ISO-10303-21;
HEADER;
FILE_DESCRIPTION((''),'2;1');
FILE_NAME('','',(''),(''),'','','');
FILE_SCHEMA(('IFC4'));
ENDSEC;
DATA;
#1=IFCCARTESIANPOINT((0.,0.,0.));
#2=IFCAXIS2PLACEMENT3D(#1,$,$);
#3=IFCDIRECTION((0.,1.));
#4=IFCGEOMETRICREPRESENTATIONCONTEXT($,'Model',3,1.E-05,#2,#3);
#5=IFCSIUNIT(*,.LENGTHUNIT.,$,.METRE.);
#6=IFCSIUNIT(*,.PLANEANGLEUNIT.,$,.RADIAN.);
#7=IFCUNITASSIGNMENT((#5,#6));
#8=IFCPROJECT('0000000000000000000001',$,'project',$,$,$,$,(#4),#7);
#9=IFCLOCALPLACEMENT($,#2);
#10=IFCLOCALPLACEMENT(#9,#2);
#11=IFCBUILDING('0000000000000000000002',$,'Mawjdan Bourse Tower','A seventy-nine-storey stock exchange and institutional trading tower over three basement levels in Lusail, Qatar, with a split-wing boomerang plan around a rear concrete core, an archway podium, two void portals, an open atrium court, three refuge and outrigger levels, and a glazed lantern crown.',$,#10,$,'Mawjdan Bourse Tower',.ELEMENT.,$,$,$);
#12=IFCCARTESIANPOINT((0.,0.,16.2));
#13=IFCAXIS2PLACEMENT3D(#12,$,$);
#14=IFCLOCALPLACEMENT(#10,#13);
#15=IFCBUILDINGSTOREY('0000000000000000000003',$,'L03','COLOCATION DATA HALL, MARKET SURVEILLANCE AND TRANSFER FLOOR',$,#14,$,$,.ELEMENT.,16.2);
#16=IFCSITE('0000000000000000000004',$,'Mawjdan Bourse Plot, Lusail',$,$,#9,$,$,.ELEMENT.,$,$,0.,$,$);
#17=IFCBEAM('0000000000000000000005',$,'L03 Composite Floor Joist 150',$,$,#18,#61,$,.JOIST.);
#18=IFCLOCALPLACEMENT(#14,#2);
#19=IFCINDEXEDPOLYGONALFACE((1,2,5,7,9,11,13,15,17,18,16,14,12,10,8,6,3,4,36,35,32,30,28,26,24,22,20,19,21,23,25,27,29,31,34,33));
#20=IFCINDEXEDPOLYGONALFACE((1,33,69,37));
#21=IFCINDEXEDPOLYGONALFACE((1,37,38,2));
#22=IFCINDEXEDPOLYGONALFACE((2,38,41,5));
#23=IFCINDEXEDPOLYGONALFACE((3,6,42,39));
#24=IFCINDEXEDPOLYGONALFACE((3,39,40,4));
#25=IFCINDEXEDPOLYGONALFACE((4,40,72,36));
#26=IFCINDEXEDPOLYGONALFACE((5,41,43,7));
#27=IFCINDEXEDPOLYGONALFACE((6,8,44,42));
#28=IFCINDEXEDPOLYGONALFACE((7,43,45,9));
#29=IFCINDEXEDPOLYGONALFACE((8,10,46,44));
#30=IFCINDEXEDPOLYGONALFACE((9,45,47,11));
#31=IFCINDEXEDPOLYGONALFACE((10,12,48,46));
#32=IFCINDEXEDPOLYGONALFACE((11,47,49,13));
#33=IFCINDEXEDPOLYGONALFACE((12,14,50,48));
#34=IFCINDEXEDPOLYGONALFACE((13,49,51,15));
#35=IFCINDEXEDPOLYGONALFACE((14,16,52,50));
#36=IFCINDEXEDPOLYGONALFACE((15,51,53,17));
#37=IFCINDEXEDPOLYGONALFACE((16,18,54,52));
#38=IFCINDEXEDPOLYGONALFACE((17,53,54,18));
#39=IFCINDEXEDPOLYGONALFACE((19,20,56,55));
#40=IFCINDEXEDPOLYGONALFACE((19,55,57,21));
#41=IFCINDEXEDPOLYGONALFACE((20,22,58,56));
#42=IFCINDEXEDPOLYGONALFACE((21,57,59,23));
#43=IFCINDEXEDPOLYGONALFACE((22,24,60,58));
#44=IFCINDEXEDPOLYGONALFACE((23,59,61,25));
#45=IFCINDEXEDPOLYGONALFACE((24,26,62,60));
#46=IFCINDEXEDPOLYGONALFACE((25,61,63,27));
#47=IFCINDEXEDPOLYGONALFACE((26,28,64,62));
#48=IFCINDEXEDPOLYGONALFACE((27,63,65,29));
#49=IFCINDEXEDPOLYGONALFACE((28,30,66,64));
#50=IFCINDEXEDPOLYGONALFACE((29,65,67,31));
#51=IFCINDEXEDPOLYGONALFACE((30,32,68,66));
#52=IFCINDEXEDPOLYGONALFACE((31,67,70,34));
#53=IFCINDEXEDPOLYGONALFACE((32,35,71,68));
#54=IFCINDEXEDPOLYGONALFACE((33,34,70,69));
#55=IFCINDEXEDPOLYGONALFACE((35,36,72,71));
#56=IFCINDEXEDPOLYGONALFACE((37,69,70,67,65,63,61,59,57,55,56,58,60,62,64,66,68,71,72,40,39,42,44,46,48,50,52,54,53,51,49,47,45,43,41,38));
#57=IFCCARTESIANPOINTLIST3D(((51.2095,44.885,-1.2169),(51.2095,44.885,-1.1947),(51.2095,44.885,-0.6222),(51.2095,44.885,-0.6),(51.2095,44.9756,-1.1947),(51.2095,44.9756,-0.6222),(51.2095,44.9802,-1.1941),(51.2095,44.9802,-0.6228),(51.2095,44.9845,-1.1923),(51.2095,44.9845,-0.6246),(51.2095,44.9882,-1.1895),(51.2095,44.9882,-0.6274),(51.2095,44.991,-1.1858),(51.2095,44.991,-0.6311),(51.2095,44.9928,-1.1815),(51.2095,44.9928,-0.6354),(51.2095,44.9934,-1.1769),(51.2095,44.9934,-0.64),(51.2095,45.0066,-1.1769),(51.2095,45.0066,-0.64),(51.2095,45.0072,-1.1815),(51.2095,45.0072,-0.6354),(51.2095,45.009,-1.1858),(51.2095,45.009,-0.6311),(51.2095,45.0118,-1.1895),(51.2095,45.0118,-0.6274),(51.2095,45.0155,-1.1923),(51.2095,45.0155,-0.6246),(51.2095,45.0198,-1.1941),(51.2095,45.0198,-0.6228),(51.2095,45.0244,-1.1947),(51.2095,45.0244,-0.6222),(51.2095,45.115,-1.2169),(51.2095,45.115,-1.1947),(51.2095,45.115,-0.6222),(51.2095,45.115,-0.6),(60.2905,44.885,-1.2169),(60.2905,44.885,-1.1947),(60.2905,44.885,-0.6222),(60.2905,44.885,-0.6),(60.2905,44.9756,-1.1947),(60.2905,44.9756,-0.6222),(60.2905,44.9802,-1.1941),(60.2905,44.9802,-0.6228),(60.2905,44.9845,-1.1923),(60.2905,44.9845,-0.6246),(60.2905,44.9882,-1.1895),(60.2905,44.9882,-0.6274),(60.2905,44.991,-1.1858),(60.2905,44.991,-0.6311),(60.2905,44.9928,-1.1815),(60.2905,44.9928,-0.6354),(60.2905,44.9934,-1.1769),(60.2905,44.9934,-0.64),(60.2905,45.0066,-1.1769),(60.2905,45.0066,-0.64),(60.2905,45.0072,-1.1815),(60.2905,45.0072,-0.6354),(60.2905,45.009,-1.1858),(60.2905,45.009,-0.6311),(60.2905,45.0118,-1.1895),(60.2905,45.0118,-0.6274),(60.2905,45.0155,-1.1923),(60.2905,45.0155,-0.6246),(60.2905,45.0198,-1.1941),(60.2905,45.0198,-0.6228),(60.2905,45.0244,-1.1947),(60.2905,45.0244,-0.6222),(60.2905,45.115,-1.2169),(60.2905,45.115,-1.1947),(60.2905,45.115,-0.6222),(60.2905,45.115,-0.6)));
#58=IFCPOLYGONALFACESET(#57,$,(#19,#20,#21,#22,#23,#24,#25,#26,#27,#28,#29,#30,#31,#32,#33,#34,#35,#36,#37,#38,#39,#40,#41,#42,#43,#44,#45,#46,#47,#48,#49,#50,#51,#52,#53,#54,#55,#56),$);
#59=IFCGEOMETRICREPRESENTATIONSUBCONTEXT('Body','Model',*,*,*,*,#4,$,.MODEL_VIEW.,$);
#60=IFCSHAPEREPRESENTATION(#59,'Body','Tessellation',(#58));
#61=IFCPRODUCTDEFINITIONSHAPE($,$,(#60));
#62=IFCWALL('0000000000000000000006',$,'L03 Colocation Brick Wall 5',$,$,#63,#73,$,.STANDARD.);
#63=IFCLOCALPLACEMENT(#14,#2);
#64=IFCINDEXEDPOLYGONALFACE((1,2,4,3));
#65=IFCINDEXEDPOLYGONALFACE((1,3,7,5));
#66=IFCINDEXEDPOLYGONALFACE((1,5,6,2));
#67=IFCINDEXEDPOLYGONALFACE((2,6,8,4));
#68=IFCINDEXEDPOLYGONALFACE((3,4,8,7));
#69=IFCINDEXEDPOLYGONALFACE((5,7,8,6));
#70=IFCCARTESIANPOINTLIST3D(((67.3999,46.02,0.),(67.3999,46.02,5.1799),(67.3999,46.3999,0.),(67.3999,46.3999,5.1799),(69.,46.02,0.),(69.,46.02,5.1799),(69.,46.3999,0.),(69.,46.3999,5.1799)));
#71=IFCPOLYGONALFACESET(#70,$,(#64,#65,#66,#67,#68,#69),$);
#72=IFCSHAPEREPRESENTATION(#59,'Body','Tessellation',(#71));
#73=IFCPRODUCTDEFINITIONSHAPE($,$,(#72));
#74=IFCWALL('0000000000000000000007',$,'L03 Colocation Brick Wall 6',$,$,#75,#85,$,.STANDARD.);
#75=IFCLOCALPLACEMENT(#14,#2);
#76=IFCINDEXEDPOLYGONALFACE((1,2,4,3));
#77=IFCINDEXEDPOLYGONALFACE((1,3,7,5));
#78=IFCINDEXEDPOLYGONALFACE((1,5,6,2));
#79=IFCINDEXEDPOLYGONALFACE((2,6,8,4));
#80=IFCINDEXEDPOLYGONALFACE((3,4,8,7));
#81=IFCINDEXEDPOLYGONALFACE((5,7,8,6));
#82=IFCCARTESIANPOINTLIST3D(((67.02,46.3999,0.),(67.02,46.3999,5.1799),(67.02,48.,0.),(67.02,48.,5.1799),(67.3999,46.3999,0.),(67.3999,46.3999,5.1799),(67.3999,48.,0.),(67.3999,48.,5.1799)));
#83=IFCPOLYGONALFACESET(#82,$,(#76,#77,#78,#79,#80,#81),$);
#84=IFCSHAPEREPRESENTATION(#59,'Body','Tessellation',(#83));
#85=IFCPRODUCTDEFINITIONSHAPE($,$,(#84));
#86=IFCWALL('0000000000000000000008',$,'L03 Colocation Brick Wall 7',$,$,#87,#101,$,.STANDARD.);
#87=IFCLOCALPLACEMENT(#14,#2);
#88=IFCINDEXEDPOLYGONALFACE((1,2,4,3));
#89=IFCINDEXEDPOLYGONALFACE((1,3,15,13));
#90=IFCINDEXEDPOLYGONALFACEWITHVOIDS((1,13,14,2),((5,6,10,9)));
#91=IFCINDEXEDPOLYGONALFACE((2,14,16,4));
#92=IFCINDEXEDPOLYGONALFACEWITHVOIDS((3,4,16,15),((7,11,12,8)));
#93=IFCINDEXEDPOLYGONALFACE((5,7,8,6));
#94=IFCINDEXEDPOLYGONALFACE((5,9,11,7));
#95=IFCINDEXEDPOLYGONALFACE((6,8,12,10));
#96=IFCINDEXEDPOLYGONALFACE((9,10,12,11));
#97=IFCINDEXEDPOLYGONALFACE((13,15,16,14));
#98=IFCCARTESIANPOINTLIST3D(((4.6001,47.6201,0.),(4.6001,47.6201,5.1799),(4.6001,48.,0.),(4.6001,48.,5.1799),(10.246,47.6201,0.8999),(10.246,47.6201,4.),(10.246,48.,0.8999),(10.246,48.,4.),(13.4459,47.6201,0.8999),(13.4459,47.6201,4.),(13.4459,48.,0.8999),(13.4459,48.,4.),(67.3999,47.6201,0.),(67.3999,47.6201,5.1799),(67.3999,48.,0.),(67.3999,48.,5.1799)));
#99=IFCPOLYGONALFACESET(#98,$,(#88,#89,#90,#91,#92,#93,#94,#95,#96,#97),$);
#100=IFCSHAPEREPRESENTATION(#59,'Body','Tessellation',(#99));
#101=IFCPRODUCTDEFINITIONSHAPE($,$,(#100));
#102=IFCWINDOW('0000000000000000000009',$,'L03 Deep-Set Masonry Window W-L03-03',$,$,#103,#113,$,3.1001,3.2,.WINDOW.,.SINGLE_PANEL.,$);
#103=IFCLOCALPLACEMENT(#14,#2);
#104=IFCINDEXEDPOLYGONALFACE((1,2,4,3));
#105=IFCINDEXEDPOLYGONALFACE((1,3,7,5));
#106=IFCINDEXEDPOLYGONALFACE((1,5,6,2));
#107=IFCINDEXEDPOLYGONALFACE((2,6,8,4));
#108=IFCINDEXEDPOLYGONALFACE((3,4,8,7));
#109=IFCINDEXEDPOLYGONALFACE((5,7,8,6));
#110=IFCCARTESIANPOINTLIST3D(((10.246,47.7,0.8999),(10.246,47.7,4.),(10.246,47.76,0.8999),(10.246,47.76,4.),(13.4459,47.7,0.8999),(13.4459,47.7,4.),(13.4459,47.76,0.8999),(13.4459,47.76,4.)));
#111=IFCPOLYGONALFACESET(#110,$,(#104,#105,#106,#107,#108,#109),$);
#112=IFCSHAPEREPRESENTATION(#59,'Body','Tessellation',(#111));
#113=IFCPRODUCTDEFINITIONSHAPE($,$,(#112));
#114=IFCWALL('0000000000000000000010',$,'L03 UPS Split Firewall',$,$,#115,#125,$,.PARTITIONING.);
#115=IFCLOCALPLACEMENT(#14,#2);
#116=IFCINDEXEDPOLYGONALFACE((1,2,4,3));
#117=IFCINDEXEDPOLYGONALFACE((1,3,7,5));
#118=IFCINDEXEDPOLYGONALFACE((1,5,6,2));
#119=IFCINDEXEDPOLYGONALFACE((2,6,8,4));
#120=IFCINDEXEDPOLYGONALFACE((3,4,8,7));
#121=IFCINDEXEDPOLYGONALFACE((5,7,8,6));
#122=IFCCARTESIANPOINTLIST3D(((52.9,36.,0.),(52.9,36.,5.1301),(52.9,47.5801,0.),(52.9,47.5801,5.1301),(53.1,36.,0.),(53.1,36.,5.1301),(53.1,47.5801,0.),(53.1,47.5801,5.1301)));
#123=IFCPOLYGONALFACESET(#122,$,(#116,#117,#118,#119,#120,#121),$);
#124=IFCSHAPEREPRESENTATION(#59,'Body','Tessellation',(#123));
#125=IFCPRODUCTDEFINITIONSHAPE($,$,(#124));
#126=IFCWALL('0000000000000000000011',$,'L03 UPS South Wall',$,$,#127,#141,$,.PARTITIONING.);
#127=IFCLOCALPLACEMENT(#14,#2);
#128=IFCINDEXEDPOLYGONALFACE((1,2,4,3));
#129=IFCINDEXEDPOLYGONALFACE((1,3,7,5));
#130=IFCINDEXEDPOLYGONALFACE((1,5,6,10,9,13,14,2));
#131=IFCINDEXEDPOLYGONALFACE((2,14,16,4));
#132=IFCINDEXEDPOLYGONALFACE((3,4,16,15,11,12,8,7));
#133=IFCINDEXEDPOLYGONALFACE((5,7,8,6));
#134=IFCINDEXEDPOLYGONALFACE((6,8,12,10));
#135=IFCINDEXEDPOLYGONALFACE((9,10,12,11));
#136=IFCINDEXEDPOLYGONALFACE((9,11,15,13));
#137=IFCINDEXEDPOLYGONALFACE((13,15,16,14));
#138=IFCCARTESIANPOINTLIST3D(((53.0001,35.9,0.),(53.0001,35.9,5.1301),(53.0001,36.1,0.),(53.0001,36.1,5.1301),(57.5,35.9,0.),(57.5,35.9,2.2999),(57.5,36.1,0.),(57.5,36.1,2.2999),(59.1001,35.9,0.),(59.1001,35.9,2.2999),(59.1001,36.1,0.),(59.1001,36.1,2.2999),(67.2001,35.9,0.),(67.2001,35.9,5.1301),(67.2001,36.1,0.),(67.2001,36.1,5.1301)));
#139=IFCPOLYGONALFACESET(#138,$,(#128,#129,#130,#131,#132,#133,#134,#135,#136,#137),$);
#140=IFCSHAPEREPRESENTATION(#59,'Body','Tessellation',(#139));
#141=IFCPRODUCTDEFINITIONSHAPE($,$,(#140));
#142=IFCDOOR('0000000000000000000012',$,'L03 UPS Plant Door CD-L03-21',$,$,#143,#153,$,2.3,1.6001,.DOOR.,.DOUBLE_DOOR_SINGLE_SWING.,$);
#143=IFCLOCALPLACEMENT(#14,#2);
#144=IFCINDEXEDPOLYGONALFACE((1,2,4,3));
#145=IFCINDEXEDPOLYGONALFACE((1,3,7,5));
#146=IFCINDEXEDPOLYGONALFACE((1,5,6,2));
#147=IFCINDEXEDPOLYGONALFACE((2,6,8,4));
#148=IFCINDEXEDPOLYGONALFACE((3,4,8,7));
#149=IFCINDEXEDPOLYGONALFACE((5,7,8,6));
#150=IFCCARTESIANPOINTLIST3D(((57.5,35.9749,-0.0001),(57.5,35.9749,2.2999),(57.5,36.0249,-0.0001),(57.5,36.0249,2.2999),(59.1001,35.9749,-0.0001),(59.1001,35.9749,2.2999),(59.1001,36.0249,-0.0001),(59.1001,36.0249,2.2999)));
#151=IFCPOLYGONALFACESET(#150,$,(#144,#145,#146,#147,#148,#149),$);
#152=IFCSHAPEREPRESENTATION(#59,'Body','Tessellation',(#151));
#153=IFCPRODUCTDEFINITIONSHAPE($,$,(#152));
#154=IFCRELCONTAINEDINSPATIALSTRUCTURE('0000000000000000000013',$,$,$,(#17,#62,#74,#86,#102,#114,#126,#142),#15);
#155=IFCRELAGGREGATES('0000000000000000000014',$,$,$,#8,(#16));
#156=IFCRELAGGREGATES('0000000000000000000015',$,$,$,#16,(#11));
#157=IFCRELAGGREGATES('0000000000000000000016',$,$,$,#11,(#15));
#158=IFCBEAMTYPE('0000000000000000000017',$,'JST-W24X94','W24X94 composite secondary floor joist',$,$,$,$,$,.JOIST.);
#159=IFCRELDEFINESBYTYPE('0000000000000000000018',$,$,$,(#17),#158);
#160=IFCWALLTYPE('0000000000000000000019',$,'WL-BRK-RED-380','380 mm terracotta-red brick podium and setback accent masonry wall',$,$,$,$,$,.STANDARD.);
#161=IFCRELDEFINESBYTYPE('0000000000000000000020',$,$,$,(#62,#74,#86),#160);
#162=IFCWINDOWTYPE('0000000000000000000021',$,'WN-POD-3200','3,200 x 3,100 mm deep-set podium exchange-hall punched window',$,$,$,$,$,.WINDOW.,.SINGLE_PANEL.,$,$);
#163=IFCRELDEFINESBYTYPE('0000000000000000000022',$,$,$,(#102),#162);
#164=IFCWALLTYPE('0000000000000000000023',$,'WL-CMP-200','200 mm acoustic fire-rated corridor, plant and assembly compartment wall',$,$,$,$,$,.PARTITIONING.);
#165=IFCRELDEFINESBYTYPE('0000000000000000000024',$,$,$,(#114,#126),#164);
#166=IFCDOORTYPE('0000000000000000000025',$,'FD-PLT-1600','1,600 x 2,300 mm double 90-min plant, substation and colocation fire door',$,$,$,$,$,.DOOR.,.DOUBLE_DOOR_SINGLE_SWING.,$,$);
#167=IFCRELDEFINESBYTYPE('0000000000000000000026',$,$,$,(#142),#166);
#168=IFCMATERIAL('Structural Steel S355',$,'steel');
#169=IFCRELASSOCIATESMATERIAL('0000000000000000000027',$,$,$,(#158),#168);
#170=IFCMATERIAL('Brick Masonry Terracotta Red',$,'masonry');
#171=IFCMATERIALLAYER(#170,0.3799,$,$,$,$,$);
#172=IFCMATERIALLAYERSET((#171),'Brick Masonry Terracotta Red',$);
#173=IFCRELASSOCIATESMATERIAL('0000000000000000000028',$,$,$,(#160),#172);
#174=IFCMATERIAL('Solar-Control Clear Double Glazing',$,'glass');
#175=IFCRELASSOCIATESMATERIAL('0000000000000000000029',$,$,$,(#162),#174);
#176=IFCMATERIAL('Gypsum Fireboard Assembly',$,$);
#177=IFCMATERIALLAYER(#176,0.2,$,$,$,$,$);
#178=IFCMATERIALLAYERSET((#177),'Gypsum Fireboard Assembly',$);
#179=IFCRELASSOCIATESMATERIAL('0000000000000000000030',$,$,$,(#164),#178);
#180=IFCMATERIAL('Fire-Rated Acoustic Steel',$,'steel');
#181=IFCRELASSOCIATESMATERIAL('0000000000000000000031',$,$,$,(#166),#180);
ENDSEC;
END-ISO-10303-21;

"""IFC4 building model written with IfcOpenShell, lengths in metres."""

from ifc_helpers import new_model, si_unit, direction, frame, frame_2d, origin, origin_2d, place, context, subcontext, project, spatial, rectangle, i_section, extrude, material, layer, layer_set, material_profile, profile_set, type_object, element, fill, save


model = new_model("IFC4")

# Units and contexts
model_context = context("Model", 3, precision=1e-05, world=origin(), true_north=direction((0.0, 1.0)))
body_context = subcontext(model_context, "Body", "Model", "MODEL_VIEW")
ifc_project = project(units=[si_unit("LENGTHUNIT", "METRE"), si_unit("PLANEANGLEUNIT", "RADIAN")], contexts=[model_context])

# Site, building, storey
site_placement = place(None, origin())
site = spatial("IfcSite", under=ifc_project, at=site_placement, Name="Mawjdan Bourse Plot, Lusail", CompositionType="ELEMENT", RefElevation=0.0)
building_placement = place(site_placement, origin())
building = spatial("IfcBuilding", under=site, at=building_placement, Name="Mawjdan Bourse Tower", Description="A seventy-nine-storey stock exchange and institutional trading tower over three basement levels in Lusail, Qatar, with a split-wing boomerang plan around a rear concrete core, an archway podium, two void portals, an open atrium court, three refuge and outrigger levels, and a glazed lantern crown.", LongName="Mawjdan Bourse Tower", CompositionType="ELEMENT")
storey_placement = place(building_placement, frame((0.0, 0.0, 16.2)))
storey = spatial("IfcBuildingStorey", under=building, at=storey_placement, Name="L03", Description="COLOCATION DATA HALL, MARKET SURVEILLANCE AND TRANSFER FLOOR", CompositionType="ELEMENT", Elevation=16.2)

# Beam
ifc_material_1 = material(Name="Structural Steel S355", Category="steel")
ifc_material_profile_1 = material_profile(ifc_material_1, i_section(OverallWidth=0.23, OverallDepth=0.6169, WebThickness=0.0132, FlangeThickness=0.0222, FilletRadius=0.0178, at=origin_2d()), Name="W24X94")
ifc_profile_set_1 = profile_set([ifc_material_profile_1], Name="Structural Steel S355")
beam_type_1 = type_object("IfcBeamType", Name="JST-W24X94", Description="W24X94 composite secondary floor joist", PredefinedType="JOIST", material=ifc_profile_set_1)
for number, where, z_axis, x_axis, name in (
    (1, (51.2095, 45.0, -0.9084), (1.0, 0.0, 0.0), (0.0, 1.0, 0.0), "L03 Composite Floor Joist 150"),
):
    element("IfcBeam", number, at=place(storey_placement, frame(where, z_axis=z_axis, x_axis=x_axis)), inside=storey, type_object=beam_type_1, Name=name, PredefinedType="JOIST", context=body_context, shape_type="SweptSolid", body=[
        extrude(i_section(OverallWidth=0.23, OverallDepth=0.6169, WebThickness=0.0132, FlangeThickness=0.0222, FilletRadius=0.0178, at=origin_2d()), origin(), (0.0, 0.0, 1.0), 9.0811),
    ])

# Walls
ifc_material_2 = material(Name="Brick Masonry Terracotta Red", Category="masonry")
ifc_layer_1 = layer(ifc_material_2, 0.3799)
ifc_layer_set_1 = layer_set([ifc_layer_1], Name="Brick Masonry Terracotta Red")
wall_type_1 = type_object("IfcWallType", Name="WL-BRK-RED-380", Description="380 mm terracotta-red brick podium and setback accent masonry wall", PredefinedType="STANDARD", material=ifc_layer_set_1)
for number, where, z_axis, x_axis, name in (
    (2, (69.0, 46.21, 0.0), (0.0, 0.0, 1.0), (-1.0, 0.0, 0.0), "L03 Colocation Brick Wall 5"),
    (3, (67.21, 46.3999, 0.0), (0.0, 0.0, 1.0), (0.0, 1.0, 0.0), "L03 Colocation Brick Wall 6"),
):
    element("IfcWall", number, at=place(storey_placement, frame(where, z_axis=z_axis, x_axis=x_axis)), inside=storey, type_object=wall_type_1, Name=name, PredefinedType="STANDARD", context=body_context, shape_type="SweptSolid", body=[
        extrude(rectangle(XDim=1.6001, YDim=0.3799, at=frame_2d((0.8, 0.0))), origin(), (0.0, 0.0, 1.0), 5.1799),
    ])

# Wall, opening, window
wall_1_placement = place(storey_placement, frame((67.3999, 47.8101, 0.0), z_axis=(0.0, 0.0, 1.0), x_axis=(-1.0, 0.0, 0.0)))
wall_1 = element("IfcWall", 4, at=wall_1_placement, inside=storey, type_object=wall_type_1, Name="L03 Colocation Brick Wall 7", PredefinedType="STANDARD", context=body_context, shape_type="SweptSolid", body=[
    extrude(rectangle(XDim=62.7998, YDim=0.3799, at=frame_2d((31.3999, 0.0))), origin(), (0.0, 0.0, 1.0), 5.1799),
])
opening_1_placement = place(wall_1_placement, frame((53.9539, 0.0, 0.8999)))
opening_1 = element("IfcOpeningElement", 5, at=opening_1_placement, cuts=wall_1, PredefinedType="OPENING", context=body_context, shape_type="SweptSolid", body=[
    extrude(rectangle(XDim=3.2, YDim=3.1001, at=frame_2d((1.6001, 1.55))), frame((0.0, 0.2, 0.0), z_axis=(0.0, -1.0, 0.0), x_axis=(1.0, 0.0, 0.0)), (0.0, 0.0, 1.0), 0.3999),
])
ifc_material_3 = material(Name="Solar-Control Clear Double Glazing", Category="glass")
window_type = type_object("IfcWindowType", Name="WN-POD-3200", Description="3,200 x 3,100 mm deep-set podium exchange-hall punched window", PartitioningType="SINGLE_PANEL", PredefinedType="WINDOW", material=ifc_material_3)
window_placement = place(opening_1_placement, origin())
window = element("IfcWindow", 6, at=window_placement, inside=storey, type_object=window_type, Name="L03 Deep-Set Masonry Window W-L03-03", OverallHeight=3.1001, OverallWidth=3.2, PartitioningType="SINGLE_PANEL", PredefinedType="WINDOW", context=body_context, shape_type="SweptSolid", body=[
    extrude(rectangle(XDim=3.2, YDim=3.1001, at=frame_2d((1.6001, 1.55))), frame((0.0, 0.1101, 0.0), z_axis=(0.0, -1.0, 0.0), x_axis=(1.0, 0.0, 0.0)), (0.0, 0.0, 1.0), 0.0601),
])
fill(opening_1, window)

# Wall
ifc_material_4 = material(Name="Gypsum Fireboard Assembly")
ifc_layer_2 = layer(ifc_material_4, 0.2)
ifc_layer_set_2 = layer_set([ifc_layer_2], Name="Gypsum Fireboard Assembly")
wall_type_2 = type_object("IfcWallType", Name="WL-CMP-200", Description="200 mm acoustic fire-rated corridor, plant and assembly compartment wall", PredefinedType="PARTITIONING", material=ifc_layer_set_2)
wall_2_placement = place(storey_placement, frame((53.0, 36.0, 0.0), z_axis=(0.0, 0.0, 1.0), x_axis=(0.0, 1.0, 0.0)))
element("IfcWall", 7, at=wall_2_placement, inside=storey, type_object=wall_type_2, Name="L03 UPS Split Firewall", PredefinedType="PARTITIONING", context=body_context, shape_type="SweptSolid", body=[
    extrude(rectangle(XDim=11.5801, YDim=0.2, at=frame_2d((5.79, 0.0))), origin(), (0.0, 0.0, 1.0), 5.1301),
])

# Wall, opening, door
wall_3_placement = place(storey_placement, frame((53.0, 36.0, 0.0), z_axis=(0.0, 0.0, 1.0), x_axis=(1.0, 0.0, 0.0)))
wall_3 = element("IfcWall", 8, at=wall_3_placement, inside=storey, type_object=wall_type_2, Name="L03 UPS South Wall", PredefinedType="PARTITIONING", context=body_context, shape_type="SweptSolid", body=[
    extrude(rectangle(XDim=14.2, YDim=0.2, at=frame_2d((7.1001, 0.0))), origin(), (0.0, 0.0, 1.0), 5.1301),
])
opening_2_placement = place(wall_3_placement, frame((4.5, 0.0, 0.0)))
opening_2 = element("IfcOpeningElement", 9, at=opening_2_placement, cuts=wall_3, PredefinedType="OPENING", context=body_context, shape_type="SweptSolid", body=[
    extrude(rectangle(XDim=1.6001, YDim=2.3, at=frame_2d((0.8, 1.1499))), frame((0.0, 0.1099, 0.0), z_axis=(0.0, -1.0, 0.0), x_axis=(1.0, 0.0, 0.0)), (0.0, 0.0, 1.0), 0.22),
])
ifc_material_5 = material(Name="Fire-Rated Acoustic Steel", Category="steel")
door_type = type_object("IfcDoorType", Name="FD-PLT-1600", Description="1,600 x 2,300 mm double 90-min plant, substation and colocation fire door", OperationType="DOUBLE_DOOR_SINGLE_SWING", PredefinedType="DOOR", material=ifc_material_5)
door_placement = place(opening_2_placement, origin())
door = element("IfcDoor", 10, at=door_placement, inside=storey, type_object=door_type, Name="L03 UPS Plant Door CD-L03-21", OperationType="DOUBLE_DOOR_SINGLE_SWING", OverallHeight=2.3, OverallWidth=1.6001, PredefinedType="DOOR", context=body_context, shape_type="SweptSolid", body=[
    extrude(rectangle(XDim=1.6001, YDim=2.3, at=frame_2d((0.8, 1.1499))), frame((0.0, 0.0249, 0.0), z_axis=(0.0, -1.0, 0.0), x_axis=(1.0, 0.0, 0.0)), (0.0, 0.0, 1.0), 0.05),
])
fill(opening_2, door)

save(model, "model.ifc")
